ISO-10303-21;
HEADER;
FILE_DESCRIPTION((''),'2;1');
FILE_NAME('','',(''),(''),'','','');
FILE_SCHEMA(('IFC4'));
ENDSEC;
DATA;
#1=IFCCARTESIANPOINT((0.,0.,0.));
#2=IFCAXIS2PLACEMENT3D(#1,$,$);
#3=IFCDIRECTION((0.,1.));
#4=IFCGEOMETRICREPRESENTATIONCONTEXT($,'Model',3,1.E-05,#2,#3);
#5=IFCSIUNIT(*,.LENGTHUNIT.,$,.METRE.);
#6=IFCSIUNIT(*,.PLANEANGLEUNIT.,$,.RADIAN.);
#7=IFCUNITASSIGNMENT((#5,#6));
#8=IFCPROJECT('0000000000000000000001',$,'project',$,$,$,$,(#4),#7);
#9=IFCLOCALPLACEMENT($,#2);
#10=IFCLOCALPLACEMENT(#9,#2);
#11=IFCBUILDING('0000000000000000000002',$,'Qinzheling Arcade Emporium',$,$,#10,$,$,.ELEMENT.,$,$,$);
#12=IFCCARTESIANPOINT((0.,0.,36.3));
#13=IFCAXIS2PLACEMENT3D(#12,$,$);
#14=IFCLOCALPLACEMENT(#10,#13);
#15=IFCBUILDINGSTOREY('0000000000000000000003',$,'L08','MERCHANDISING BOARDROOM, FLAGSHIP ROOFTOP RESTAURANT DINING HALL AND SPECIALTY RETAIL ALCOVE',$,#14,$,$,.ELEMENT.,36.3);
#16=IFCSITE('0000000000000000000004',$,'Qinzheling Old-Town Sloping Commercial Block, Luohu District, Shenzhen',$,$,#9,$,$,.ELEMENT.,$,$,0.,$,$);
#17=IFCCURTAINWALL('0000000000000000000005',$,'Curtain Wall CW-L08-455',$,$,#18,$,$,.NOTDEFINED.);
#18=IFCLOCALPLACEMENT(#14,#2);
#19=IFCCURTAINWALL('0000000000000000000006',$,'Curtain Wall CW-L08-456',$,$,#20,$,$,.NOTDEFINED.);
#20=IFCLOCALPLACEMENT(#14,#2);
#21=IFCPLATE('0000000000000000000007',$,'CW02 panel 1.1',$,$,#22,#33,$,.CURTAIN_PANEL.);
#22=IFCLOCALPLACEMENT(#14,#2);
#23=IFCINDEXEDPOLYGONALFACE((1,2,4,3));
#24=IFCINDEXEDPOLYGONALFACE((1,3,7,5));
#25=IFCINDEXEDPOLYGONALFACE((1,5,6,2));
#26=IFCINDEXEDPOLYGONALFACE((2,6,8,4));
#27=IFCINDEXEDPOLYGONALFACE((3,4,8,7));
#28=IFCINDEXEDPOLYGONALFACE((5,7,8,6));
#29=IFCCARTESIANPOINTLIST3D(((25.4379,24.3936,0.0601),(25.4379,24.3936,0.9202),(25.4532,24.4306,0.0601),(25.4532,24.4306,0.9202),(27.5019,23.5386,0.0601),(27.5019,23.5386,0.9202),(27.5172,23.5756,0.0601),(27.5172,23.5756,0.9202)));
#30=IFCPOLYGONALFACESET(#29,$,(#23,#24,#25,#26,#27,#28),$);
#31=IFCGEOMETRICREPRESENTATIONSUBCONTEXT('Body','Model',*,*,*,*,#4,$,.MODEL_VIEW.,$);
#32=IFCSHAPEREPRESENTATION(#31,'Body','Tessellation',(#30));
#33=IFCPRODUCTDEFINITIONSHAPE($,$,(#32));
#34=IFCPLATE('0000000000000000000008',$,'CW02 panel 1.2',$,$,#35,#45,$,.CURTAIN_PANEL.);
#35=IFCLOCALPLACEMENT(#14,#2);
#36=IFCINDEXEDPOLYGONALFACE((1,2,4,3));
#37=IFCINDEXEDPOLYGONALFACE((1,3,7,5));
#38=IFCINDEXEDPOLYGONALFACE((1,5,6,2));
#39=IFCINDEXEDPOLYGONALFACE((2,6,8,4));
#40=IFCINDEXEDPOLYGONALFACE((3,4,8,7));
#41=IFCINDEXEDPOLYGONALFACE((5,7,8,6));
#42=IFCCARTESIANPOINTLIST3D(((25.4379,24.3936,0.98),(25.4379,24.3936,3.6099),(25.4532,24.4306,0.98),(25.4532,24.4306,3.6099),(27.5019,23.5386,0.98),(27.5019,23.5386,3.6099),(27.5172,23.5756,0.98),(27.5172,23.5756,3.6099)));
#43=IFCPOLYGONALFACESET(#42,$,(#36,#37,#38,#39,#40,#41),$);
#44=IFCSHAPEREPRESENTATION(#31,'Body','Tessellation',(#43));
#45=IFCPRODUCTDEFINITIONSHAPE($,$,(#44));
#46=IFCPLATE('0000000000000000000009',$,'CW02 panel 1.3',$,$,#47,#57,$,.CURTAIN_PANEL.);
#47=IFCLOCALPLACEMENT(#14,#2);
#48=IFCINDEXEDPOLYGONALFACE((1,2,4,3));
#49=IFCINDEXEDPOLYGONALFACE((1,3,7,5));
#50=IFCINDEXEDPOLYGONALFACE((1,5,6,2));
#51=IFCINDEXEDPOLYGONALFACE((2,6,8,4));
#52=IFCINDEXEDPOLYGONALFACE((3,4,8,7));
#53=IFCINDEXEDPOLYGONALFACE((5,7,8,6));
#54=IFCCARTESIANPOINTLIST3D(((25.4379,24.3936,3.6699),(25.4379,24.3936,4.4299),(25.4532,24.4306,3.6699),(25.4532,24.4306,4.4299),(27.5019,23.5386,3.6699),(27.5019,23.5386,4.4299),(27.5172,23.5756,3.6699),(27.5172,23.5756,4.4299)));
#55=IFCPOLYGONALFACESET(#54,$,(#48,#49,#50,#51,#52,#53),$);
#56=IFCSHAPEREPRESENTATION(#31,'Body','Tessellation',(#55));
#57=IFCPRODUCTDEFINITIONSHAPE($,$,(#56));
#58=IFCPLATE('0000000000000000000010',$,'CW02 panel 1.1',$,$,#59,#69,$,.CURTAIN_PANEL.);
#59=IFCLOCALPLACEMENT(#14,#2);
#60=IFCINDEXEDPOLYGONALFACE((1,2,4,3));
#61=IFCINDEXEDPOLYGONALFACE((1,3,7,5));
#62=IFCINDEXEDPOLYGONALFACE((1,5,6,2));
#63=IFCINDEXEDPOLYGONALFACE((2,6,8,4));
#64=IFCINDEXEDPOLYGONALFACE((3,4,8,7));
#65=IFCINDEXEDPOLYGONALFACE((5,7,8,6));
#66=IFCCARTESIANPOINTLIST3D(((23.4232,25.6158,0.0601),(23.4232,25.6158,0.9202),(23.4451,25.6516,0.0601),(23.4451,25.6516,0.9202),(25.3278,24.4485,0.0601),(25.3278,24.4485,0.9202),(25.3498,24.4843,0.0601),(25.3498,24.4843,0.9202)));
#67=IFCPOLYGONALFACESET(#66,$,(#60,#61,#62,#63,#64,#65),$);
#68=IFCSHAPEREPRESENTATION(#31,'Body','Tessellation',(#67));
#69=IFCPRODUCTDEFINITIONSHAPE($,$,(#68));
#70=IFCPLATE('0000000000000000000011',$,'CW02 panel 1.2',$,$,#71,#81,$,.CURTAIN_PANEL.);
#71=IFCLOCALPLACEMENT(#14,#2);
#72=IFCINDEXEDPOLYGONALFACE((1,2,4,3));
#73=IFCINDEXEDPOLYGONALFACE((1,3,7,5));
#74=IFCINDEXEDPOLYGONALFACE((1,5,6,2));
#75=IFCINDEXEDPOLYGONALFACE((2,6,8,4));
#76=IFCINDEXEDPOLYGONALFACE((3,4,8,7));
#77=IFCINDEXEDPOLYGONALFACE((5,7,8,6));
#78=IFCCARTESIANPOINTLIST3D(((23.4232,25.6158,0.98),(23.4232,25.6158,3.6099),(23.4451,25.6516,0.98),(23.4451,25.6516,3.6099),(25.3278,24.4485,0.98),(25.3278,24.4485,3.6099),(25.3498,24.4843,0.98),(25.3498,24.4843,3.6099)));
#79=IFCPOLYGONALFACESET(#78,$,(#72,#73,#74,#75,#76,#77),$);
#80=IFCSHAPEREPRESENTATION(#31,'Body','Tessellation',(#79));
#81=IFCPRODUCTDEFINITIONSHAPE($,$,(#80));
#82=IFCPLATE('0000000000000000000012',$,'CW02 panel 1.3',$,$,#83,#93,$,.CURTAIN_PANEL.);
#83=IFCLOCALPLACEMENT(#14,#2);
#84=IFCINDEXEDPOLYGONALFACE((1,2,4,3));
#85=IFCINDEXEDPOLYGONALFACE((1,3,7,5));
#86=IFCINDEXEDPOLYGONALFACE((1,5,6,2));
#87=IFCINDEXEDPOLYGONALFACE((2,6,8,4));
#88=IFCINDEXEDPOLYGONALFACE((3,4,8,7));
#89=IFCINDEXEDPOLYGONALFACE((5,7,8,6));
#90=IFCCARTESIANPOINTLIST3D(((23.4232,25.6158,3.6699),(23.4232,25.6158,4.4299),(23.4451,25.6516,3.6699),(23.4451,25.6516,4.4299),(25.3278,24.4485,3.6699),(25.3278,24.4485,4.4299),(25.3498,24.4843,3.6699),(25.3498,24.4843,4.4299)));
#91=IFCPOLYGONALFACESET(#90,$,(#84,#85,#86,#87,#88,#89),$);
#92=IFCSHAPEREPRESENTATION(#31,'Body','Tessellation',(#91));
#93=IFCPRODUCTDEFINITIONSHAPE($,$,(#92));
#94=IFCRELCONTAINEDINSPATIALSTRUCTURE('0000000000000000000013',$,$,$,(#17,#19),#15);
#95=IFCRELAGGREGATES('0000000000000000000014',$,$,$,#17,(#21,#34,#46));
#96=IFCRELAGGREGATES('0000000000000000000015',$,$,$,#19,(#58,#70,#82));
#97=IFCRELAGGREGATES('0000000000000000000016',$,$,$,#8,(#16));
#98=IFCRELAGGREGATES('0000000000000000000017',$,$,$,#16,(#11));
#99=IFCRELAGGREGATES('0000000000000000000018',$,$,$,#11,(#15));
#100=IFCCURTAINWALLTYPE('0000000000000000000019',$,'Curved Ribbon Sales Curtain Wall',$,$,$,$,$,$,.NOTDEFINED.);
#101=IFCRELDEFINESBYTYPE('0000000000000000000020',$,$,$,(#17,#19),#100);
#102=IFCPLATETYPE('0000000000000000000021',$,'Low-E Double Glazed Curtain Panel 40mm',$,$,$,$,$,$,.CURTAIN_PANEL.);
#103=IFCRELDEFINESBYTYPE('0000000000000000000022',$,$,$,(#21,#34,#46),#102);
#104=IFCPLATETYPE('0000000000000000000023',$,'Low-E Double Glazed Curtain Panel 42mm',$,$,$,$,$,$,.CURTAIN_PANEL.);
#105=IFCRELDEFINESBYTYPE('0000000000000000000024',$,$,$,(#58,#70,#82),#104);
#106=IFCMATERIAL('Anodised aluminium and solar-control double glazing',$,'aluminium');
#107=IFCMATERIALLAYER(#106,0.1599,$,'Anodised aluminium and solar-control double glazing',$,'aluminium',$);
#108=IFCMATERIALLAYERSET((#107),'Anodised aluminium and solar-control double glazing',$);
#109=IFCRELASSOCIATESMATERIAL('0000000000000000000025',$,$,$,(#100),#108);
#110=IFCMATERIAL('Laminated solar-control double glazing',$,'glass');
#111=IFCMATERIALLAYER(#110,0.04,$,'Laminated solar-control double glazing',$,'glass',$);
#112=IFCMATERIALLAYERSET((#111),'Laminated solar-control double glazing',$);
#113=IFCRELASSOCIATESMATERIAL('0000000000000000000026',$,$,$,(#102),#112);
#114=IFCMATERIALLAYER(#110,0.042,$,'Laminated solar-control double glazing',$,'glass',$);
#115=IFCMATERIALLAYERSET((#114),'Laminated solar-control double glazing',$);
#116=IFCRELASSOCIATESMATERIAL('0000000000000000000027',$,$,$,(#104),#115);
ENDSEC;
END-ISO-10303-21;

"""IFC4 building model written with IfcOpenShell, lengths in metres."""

from ifc_helpers import new_model, si_unit, direction, frame, origin, origin_2d, place, context, subcontext, project, spatial, rectangle, extrude, material, layer, layer_set, type_object, element, aggregate, save


model = new_model("IFC4")

# Units and contexts
model_context = context("Model", 3, precision=1e-05, world=origin(), true_north=direction((0.0, 1.0)))
body_context = subcontext(model_context, "Body", "Model", "MODEL_VIEW")
ifc_project = project(units=[si_unit("LENGTHUNIT", "METRE"), si_unit("PLANEANGLEUNIT", "RADIAN")], contexts=[model_context])

# Site, building, storey
site_placement = place(None, origin())
site = spatial("IfcSite", under=ifc_project, at=site_placement, Name="Qinzheling Old-Town Sloping Commercial Block, Luohu District, Shenzhen", CompositionType="ELEMENT", RefElevation=0.0)
building_placement = place(site_placement, origin())
building = spatial("IfcBuilding", under=site, at=building_placement, Name="Qinzheling Arcade Emporium", CompositionType="ELEMENT")
storey_placement = place(building_placement, frame((0.0, 0.0, 36.3)))
storey = spatial("IfcBuildingStorey", under=building, at=storey_placement, Name="L08", Description="MERCHANDISING BOARDROOM, FLAGSHIP ROOFTOP RESTAURANT DINING HALL AND SPECIALTY RETAIL ALCOVE", CompositionType="ELEMENT", Elevation=36.3)

# Shared definitions
ifc_material_1 = material(Name="Anodised aluminium and solar-control double glazing", Category="aluminium")
ifc_layer_1 = layer(ifc_material_1, 0.1599, Name="Anodised aluminium and solar-control double glazing", Category="aluminium")
ifc_layer_set_1 = layer_set([ifc_layer_1], Name="Anodised aluminium and solar-control double glazing")
curtain_wall_type = type_object("IfcCurtainWallType", Name="Curved Ribbon Sales Curtain Wall", PredefinedType="NOTDEFINED", material=ifc_layer_set_1)

# Curtain walls
curtain_wall_1_placement = place(storey_placement, origin())
curtain_wall_1 = element("IfcCurtainWall", 1, at=curtain_wall_1_placement, inside=storey, type_object=curtain_wall_type, Name="Curtain Wall CW-L08-455", PredefinedType="NOTDEFINED")
curtain_wall_2_placement = place(storey_placement, origin())
curtain_wall_2 = element("IfcCurtainWall", 2, at=curtain_wall_2_placement, inside=storey, type_object=curtain_wall_type, Name="Curtain Wall CW-L08-456", PredefinedType="NOTDEFINED")

# Plates
ifc_material_2 = material(Name="Laminated solar-control double glazing", Category="glass")
ifc_layer_2 = layer(ifc_material_2, 0.04, Name="Laminated solar-control double glazing", Category="glass")
ifc_layer_set_2 = layer_set([ifc_layer_2], Name="Laminated solar-control double glazing")
plate_type_1 = type_object("IfcPlateType", Name="Low-E Double Glazed Curtain Panel 40mm", PredefinedType="CURTAIN_PANEL", material=ifc_layer_set_2)
plate_1_placement = place(storey_placement, frame((26.4775, 23.9846, 0.0601), z_axis=(0.0, 0.0, 1.0), x_axis=(-0.923867, 0.382714, 0.0)))
plate_1 = element("IfcPlate", 3, at=plate_1_placement, type_object=plate_type_1, Name="CW02 panel 1.1", PredefinedType="CURTAIN_PANEL", context=body_context, shape_type="SweptSolid", body=[
    extrude(rectangle(XDim=2.2341, YDim=0.04, at=origin_2d()), origin(), (0.0, 0.0, 1.0), 0.8601),
])
plate_2_placement = place(storey_placement, frame((26.4775, 23.9846, 0.98), z_axis=(0.0, 0.0, 1.0), x_axis=(-0.923867, 0.382714, 0.0)))
plate_2 = element("IfcPlate", 4, at=plate_2_placement, type_object=plate_type_1, Name="CW02 panel 1.2", PredefinedType="CURTAIN_PANEL", context=body_context, shape_type="SweptSolid", body=[
    extrude(rectangle(XDim=2.2341, YDim=0.04, at=origin_2d()), origin(), (0.0, 0.0, 1.0), 2.6299),
])
plate_3_placement = place(storey_placement, frame((26.4775, 23.9846, 3.6699), z_axis=(0.0, 0.0, 1.0), x_axis=(-0.923867, 0.382714, 0.0)))
plate_3 = element("IfcPlate", 5, at=plate_3_placement, type_object=plate_type_1, Name="CW02 panel 1.3", PredefinedType="CURTAIN_PANEL", context=body_context, shape_type="SweptSolid", body=[
    extrude(rectangle(XDim=2.2341, YDim=0.04, at=origin_2d()), origin(), (0.0, 0.0, 1.0), 0.76),
])
aggregate(curtain_wall_1, [plate_1, plate_2, plate_3])
ifc_layer_3 = layer(ifc_material_2, 0.042, Name="Laminated solar-control double glazing", Category="glass")
ifc_layer_set_3 = layer_set([ifc_layer_3], Name="Laminated solar-control double glazing")
plate_type_2 = type_object("IfcPlateType", Name="Low-E Double Glazed Curtain Panel 42mm", PredefinedType="CURTAIN_PANEL", material=ifc_layer_set_3)
plate_4_placement = place(storey_placement, frame((24.3865, 25.05, 0.0601), z_axis=(0.0, 0.0, 1.0), x_axis=(-0.85262, 0.522532, 0.0)))
plate_4 = element("IfcPlate", 6, at=plate_4_placement, type_object=plate_type_2, Name="CW02 panel 1.1", PredefinedType="CURTAIN_PANEL", context=body_context, shape_type="SweptSolid", body=[
    extrude(rectangle(XDim=2.2339, YDim=0.042, at=origin_2d()), origin(), (0.0, 0.0, 1.0), 0.8601),
])
plate_5_placement = place(storey_placement, frame((24.3865, 25.05, 0.98), z_axis=(0.0, 0.0, 1.0), x_axis=(-0.85262, 0.522532, 0.0)))
plate_5 = element("IfcPlate", 7, at=plate_5_placement, type_object=plate_type_2, Name="CW02 panel 1.2", PredefinedType="CURTAIN_PANEL", context=body_context, shape_type="SweptSolid", body=[
    extrude(rectangle(XDim=2.2339, YDim=0.042, at=origin_2d()), origin(), (0.0, 0.0, 1.0), 2.6299),
])
plate_6_placement = place(storey_placement, frame((24.3865, 25.05, 3.6699), z_axis=(0.0, 0.0, 1.0), x_axis=(-0.85262, 0.522532, 0.0)))
plate_6 = element("IfcPlate", 8, at=plate_6_placement, type_object=plate_type_2, Name="CW02 panel 1.3", PredefinedType="CURTAIN_PANEL", context=body_context, shape_type="SweptSolid", body=[
    extrude(rectangle(XDim=2.2339, YDim=0.042, at=origin_2d()), origin(), (0.0, 0.0, 1.0), 0.76),
])
aggregate(curtain_wall_2, [plate_4, plate_5, plate_6])

save(model, "model.ifc")
